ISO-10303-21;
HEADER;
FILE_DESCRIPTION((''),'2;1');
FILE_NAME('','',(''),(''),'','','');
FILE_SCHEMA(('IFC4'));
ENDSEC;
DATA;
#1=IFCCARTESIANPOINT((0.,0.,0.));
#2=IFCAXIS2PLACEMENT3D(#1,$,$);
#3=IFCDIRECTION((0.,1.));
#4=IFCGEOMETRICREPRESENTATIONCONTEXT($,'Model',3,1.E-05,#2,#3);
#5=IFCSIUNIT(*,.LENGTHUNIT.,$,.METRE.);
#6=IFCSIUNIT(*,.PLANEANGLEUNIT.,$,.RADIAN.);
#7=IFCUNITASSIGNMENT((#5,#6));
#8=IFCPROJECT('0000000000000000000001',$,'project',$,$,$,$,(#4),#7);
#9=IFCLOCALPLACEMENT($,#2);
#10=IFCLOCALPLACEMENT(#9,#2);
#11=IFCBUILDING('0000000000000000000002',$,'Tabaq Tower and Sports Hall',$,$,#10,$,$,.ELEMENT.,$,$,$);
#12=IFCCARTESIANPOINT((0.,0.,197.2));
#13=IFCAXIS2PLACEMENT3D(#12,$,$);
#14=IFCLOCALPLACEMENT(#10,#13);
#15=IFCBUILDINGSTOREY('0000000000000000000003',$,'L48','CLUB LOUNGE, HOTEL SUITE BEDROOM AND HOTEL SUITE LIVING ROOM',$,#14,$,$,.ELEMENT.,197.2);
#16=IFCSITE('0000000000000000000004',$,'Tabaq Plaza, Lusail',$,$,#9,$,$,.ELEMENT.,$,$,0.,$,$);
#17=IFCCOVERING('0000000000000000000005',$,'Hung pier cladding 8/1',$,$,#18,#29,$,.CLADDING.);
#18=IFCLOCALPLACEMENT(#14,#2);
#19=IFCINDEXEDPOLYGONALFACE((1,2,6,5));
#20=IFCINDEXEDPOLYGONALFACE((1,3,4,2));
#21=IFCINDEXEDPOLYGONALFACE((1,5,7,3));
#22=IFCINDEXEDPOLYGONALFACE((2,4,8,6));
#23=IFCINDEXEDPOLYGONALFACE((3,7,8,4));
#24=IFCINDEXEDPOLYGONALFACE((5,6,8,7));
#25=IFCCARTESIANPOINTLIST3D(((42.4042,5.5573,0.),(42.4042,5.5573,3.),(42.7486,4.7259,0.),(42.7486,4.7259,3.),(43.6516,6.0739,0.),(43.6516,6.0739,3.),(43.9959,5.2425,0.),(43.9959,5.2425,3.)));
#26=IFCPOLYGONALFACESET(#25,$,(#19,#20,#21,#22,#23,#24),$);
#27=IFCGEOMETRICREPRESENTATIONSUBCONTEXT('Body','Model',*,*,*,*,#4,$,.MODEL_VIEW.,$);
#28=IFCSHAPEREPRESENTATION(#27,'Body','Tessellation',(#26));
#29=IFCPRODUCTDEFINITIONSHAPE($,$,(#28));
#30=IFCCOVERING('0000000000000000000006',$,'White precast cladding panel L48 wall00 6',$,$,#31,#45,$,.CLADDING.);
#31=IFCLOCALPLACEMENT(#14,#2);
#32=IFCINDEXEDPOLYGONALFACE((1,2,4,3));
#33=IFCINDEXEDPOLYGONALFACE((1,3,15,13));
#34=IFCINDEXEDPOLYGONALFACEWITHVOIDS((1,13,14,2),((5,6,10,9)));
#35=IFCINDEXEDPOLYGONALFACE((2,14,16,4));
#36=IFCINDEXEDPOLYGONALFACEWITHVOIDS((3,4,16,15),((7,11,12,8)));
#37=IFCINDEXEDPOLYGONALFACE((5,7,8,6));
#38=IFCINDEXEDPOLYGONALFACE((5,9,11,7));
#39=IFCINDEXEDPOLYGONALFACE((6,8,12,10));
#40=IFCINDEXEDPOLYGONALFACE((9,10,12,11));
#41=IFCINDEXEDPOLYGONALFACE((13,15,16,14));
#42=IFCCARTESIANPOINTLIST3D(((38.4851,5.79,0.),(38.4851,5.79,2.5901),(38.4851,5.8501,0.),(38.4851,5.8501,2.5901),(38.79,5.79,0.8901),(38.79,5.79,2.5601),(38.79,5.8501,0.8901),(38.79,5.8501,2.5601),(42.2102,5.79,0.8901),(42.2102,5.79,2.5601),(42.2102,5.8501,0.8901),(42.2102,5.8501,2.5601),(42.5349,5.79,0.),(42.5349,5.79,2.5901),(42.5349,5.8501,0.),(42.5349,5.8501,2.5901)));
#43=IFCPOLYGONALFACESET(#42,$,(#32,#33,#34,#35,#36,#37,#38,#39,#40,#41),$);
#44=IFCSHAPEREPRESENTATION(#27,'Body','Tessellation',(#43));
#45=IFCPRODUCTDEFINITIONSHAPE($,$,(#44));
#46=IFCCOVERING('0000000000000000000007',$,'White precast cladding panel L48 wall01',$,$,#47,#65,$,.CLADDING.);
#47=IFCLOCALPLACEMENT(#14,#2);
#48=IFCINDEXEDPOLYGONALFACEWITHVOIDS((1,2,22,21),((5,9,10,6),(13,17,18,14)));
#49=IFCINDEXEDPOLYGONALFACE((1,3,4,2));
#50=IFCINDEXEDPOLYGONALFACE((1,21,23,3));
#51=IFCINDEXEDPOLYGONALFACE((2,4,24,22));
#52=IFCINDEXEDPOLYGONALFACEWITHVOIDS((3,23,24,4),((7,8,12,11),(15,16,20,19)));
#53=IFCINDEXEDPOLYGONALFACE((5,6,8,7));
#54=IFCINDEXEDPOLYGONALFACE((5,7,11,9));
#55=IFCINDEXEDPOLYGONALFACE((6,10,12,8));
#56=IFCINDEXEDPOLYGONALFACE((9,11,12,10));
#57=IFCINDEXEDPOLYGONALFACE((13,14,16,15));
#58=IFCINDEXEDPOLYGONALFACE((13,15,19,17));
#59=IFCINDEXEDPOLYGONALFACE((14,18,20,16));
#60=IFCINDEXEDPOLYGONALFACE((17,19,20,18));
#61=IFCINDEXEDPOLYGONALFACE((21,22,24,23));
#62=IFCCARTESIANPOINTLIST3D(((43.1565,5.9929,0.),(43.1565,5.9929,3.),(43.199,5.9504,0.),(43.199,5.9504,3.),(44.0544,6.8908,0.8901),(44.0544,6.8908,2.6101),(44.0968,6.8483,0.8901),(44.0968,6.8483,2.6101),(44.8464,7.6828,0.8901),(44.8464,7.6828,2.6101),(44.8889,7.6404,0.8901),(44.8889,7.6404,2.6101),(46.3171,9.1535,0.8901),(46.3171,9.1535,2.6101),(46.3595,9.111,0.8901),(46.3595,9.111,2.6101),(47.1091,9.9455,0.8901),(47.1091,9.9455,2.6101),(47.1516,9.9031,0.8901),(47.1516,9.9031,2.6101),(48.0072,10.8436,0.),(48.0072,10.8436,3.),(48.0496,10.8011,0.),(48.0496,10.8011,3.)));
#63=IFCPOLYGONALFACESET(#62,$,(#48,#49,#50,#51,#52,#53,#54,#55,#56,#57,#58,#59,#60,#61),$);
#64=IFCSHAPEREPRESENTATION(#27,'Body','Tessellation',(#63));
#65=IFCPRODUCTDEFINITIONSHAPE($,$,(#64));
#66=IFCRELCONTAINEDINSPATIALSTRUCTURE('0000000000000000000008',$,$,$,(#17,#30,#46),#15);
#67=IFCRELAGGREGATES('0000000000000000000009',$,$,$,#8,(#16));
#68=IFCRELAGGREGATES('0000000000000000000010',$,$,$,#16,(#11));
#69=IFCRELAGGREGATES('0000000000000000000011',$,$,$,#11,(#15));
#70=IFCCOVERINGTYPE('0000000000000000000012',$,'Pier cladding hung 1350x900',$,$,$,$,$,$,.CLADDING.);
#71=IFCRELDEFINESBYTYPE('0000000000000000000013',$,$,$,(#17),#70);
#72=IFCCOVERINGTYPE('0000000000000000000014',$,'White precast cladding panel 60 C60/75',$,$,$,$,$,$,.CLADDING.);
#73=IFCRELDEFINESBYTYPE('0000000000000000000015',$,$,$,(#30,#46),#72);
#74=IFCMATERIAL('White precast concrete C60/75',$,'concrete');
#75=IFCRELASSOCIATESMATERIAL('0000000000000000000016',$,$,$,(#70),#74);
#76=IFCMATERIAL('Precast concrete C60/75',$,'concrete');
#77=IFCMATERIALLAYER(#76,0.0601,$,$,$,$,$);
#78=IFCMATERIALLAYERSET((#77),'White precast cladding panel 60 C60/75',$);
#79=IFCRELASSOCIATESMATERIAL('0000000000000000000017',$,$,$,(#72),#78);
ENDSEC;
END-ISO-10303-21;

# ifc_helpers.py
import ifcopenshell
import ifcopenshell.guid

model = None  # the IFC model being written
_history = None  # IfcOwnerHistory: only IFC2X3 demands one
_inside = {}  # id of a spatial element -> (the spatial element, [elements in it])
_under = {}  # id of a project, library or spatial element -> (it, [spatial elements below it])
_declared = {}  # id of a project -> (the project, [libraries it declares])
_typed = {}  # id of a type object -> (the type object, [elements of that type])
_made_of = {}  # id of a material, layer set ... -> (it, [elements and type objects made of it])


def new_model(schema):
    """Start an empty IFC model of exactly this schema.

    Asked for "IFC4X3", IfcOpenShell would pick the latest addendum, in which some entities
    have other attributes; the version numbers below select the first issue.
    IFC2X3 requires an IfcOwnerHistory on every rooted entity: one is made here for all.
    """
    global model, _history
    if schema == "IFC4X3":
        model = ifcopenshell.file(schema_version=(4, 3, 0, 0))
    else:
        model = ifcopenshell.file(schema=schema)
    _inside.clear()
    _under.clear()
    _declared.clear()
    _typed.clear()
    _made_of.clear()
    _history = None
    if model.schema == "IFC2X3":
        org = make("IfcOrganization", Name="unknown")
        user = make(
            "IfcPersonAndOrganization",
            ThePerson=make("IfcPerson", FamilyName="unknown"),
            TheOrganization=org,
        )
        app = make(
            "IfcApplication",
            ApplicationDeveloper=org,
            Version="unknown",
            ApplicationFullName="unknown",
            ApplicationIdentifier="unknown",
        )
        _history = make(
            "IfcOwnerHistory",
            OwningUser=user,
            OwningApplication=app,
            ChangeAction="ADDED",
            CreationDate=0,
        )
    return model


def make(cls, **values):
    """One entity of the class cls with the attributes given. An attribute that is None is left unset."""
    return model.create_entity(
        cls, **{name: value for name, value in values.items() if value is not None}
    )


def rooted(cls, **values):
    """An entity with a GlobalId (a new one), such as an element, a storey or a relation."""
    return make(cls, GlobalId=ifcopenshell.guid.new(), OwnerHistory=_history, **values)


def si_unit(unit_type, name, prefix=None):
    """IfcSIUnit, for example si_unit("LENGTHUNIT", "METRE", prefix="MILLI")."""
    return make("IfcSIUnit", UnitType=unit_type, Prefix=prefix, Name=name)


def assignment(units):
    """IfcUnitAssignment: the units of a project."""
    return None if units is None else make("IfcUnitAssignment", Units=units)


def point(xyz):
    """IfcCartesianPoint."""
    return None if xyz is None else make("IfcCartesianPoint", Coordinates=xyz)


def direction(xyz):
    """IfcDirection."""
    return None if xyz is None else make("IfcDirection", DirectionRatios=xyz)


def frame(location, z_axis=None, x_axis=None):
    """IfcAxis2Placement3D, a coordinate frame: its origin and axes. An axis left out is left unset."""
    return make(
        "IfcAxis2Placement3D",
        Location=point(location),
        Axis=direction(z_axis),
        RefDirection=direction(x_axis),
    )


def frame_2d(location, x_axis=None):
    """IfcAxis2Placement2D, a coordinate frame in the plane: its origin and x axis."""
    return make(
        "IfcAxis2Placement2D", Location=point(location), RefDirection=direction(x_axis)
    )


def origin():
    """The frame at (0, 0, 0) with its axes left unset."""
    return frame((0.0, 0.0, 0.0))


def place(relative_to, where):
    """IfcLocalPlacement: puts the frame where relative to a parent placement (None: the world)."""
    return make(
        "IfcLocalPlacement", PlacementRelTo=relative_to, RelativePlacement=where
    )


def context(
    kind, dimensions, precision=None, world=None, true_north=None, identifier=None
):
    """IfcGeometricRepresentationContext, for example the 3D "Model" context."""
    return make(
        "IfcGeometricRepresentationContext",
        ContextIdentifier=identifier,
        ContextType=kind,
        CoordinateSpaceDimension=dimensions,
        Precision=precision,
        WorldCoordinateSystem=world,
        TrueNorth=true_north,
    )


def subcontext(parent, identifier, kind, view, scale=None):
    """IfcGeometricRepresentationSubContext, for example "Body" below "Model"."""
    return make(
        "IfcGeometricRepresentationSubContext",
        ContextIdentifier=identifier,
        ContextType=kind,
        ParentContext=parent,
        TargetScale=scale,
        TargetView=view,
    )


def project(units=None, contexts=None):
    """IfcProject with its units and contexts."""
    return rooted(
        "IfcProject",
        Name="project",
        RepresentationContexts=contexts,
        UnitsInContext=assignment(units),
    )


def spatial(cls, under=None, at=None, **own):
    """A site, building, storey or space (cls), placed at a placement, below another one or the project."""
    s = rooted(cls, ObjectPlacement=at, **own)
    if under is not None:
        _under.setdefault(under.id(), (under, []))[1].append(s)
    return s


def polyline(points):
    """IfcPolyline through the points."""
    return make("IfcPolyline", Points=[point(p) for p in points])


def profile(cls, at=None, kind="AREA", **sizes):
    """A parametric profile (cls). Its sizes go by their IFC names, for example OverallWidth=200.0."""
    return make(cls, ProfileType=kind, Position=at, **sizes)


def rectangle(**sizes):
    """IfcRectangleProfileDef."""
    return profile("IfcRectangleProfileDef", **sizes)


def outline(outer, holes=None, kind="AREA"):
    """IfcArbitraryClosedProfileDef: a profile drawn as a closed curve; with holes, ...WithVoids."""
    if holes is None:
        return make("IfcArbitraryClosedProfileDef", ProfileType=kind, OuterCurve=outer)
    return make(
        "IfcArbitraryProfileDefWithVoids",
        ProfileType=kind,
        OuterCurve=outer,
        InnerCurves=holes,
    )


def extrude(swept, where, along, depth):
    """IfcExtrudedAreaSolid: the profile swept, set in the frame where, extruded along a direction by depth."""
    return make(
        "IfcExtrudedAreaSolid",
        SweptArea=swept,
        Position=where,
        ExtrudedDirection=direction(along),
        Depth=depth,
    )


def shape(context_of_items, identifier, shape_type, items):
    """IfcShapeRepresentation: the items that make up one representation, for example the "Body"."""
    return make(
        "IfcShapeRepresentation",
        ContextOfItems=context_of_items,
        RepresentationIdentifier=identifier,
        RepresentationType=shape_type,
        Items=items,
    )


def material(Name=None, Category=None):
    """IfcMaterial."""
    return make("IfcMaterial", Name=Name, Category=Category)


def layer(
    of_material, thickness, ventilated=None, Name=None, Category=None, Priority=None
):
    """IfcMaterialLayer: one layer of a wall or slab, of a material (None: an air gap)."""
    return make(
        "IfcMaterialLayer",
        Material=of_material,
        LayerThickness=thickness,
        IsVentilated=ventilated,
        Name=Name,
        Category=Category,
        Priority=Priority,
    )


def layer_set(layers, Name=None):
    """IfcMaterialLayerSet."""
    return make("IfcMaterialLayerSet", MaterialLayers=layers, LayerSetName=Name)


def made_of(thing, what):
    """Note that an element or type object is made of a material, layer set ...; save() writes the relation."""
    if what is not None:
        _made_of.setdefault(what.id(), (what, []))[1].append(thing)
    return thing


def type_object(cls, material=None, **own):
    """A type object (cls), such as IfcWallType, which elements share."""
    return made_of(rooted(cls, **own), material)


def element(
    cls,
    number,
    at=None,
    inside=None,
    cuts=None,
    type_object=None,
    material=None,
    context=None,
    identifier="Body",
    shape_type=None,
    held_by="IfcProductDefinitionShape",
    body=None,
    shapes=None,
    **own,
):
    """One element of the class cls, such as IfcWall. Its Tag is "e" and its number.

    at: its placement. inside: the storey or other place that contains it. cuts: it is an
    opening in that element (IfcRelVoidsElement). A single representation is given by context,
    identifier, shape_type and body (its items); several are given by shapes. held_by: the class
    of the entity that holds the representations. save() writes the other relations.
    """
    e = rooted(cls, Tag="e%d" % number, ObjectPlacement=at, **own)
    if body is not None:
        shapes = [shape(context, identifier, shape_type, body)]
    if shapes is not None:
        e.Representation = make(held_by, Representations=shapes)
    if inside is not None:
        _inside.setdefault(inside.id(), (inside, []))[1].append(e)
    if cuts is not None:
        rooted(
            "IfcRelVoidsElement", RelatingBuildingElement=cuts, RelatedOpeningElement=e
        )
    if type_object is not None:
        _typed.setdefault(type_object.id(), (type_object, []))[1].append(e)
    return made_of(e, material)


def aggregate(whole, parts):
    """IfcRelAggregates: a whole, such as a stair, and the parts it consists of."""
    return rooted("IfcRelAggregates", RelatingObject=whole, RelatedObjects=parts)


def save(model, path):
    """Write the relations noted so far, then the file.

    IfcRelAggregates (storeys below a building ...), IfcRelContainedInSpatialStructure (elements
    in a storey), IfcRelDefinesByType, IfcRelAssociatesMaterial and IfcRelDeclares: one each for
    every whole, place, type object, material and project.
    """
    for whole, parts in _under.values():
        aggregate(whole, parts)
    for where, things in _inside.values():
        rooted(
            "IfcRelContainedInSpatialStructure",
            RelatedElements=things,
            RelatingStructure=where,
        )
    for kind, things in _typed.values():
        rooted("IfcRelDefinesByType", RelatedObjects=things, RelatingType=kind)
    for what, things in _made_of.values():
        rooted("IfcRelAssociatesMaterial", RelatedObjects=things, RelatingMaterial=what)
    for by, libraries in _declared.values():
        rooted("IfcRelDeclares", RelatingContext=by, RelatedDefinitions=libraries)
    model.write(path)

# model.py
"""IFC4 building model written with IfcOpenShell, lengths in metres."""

from ifc_helpers import new_model, si_unit, direction, frame, frame_2d, origin, place, context, subcontext, project, spatial, polyline, rectangle, outline, extrude, material, layer, layer_set, type_object, element, save


model = new_model("IFC4")

# Units and contexts
model_context = context("Model", 3, precision=1e-05, world=origin(), true_north=direction((0.0, 1.0)))
body_context = subcontext(model_context, "Body", "Model", "MODEL_VIEW")
ifc_project = project(units=[si_unit("LENGTHUNIT", "METRE"), si_unit("PLANEANGLEUNIT", "RADIAN")], contexts=[model_context])

# Site, building, storey
site_placement = place(None, origin())
site = spatial("IfcSite", under=ifc_project, at=site_placement, Name="Tabaq Plaza, Lusail", CompositionType="ELEMENT", RefElevation=0.0)
building_placement = place(site_placement, origin())
building = spatial("IfcBuilding", under=site, at=building_placement, Name="Tabaq Tower and Sports Hall", CompositionType="ELEMENT")
storey_placement = place(building_placement, frame((0.0, 0.0, 197.2)))
storey = spatial("IfcBuildingStorey", under=building, at=storey_placement, Name="L48", Description="CLUB LOUNGE, HOTEL SUITE BEDROOM AND HOTEL SUITE LIVING ROOM", CompositionType="ELEMENT", Elevation=197.2)

# Coverings
ifc_material_1 = material(Name="White precast concrete C60/75", Category="concrete")
covering_type_1 = type_object("IfcCoveringType", Name="Pier cladding hung 1350x900", PredefinedType="CLADDING", material=ifc_material_1)
covering_1_placement = place(storey_placement, frame((42.5764, 5.1416, 0.0), z_axis=(0.0, 0.0, 1.0), x_axis=(0.923893, 0.38265, 0.0)))
element("IfcCovering", 1, at=covering_1_placement, inside=storey, type_object=covering_type_1, Name="Hung pier cladding 8/1", PredefinedType="CLADDING", context=body_context, shape_type="SweptSolid", body=[
    extrude(rectangle(XDim=1.3501, YDim=0.8999, at=frame_2d((0.675, 0.0))), origin(), (0.0, 0.0, 1.0), 3.0),
])
ifc_material_2 = material(Name="Precast concrete C60/75", Category="concrete")
ifc_layer_1 = layer(ifc_material_2, 0.0601)
ifc_layer_set_1 = layer_set([ifc_layer_1], Name="White precast cladding panel 60 C60/75")
covering_type_2 = type_object("IfcCoveringType", Name="White precast cladding panel 60 C60/75", PredefinedType="CLADDING", material=ifc_layer_set_1)
covering_2_placement = place(storey_placement, frame((38.4851, 5.8201, 0.0), z_axis=(0.0, 0.0, 1.0), x_axis=(1.0, 0.0, 0.0)))
element("IfcCovering", 2, at=covering_2_placement, inside=storey, type_object=covering_type_2, Name="White precast cladding panel L48 wall00 6", PredefinedType="CLADDING", context=body_context, shape_type="SweptSolid", body=[
    extrude(outline(polyline([(0.0, 0.0), (4.0498, 0.0), (4.0498, 2.5901), (0.0, 2.5901), (0.0, 0.0)]), holes=[polyline([(3.7251, 0.8901), (0.3049, 0.8901), (0.3049, 2.5601), (3.7251, 2.5601), (3.7251, 0.8901)])]), frame((0.0, 0.03, 0.0), z_axis=(0.0, -1.0, 0.0), x_axis=(1.0, 0.0, 0.0)), (0.0, 0.0, 1.0), 0.0601),
])
covering_3_placement = place(storey_placement, frame((43.1777, 5.9717, 0.0), z_axis=(0.0, 0.0, 1.0), x_axis=(0.707107, 0.707107, 0.0)))
element("IfcCovering", 3, at=covering_3_placement, inside=storey, type_object=covering_type_2, Name="White precast cladding panel L48 wall01", PredefinedType="CLADDING", context=body_context, shape_type="SweptSolid", body=[
    extrude(outline(polyline([(0.0, 0.0), (6.8599, 0.0), (6.8599, 3.0), (0.0, 3.0), (0.0, 0.0)]), holes=[polyline([(1.2698, 2.6101), (2.3899, 2.6101), (2.3899, 0.8901), (1.2698, 0.8901), (1.2698, 2.6101)]), polyline([(4.4697, 2.6101), (5.5898, 2.6101), (5.5898, 0.8901), (4.4697, 0.8901), (4.4697, 2.6101)])]), frame((0.0, 0.03, 0.0), z_axis=(0.0, -1.0, 0.0), x_axis=(1.0, 0.0, 0.0)), (0.0, 0.0, 1.0), 0.0601),
])

save(model, "model.ifc")
